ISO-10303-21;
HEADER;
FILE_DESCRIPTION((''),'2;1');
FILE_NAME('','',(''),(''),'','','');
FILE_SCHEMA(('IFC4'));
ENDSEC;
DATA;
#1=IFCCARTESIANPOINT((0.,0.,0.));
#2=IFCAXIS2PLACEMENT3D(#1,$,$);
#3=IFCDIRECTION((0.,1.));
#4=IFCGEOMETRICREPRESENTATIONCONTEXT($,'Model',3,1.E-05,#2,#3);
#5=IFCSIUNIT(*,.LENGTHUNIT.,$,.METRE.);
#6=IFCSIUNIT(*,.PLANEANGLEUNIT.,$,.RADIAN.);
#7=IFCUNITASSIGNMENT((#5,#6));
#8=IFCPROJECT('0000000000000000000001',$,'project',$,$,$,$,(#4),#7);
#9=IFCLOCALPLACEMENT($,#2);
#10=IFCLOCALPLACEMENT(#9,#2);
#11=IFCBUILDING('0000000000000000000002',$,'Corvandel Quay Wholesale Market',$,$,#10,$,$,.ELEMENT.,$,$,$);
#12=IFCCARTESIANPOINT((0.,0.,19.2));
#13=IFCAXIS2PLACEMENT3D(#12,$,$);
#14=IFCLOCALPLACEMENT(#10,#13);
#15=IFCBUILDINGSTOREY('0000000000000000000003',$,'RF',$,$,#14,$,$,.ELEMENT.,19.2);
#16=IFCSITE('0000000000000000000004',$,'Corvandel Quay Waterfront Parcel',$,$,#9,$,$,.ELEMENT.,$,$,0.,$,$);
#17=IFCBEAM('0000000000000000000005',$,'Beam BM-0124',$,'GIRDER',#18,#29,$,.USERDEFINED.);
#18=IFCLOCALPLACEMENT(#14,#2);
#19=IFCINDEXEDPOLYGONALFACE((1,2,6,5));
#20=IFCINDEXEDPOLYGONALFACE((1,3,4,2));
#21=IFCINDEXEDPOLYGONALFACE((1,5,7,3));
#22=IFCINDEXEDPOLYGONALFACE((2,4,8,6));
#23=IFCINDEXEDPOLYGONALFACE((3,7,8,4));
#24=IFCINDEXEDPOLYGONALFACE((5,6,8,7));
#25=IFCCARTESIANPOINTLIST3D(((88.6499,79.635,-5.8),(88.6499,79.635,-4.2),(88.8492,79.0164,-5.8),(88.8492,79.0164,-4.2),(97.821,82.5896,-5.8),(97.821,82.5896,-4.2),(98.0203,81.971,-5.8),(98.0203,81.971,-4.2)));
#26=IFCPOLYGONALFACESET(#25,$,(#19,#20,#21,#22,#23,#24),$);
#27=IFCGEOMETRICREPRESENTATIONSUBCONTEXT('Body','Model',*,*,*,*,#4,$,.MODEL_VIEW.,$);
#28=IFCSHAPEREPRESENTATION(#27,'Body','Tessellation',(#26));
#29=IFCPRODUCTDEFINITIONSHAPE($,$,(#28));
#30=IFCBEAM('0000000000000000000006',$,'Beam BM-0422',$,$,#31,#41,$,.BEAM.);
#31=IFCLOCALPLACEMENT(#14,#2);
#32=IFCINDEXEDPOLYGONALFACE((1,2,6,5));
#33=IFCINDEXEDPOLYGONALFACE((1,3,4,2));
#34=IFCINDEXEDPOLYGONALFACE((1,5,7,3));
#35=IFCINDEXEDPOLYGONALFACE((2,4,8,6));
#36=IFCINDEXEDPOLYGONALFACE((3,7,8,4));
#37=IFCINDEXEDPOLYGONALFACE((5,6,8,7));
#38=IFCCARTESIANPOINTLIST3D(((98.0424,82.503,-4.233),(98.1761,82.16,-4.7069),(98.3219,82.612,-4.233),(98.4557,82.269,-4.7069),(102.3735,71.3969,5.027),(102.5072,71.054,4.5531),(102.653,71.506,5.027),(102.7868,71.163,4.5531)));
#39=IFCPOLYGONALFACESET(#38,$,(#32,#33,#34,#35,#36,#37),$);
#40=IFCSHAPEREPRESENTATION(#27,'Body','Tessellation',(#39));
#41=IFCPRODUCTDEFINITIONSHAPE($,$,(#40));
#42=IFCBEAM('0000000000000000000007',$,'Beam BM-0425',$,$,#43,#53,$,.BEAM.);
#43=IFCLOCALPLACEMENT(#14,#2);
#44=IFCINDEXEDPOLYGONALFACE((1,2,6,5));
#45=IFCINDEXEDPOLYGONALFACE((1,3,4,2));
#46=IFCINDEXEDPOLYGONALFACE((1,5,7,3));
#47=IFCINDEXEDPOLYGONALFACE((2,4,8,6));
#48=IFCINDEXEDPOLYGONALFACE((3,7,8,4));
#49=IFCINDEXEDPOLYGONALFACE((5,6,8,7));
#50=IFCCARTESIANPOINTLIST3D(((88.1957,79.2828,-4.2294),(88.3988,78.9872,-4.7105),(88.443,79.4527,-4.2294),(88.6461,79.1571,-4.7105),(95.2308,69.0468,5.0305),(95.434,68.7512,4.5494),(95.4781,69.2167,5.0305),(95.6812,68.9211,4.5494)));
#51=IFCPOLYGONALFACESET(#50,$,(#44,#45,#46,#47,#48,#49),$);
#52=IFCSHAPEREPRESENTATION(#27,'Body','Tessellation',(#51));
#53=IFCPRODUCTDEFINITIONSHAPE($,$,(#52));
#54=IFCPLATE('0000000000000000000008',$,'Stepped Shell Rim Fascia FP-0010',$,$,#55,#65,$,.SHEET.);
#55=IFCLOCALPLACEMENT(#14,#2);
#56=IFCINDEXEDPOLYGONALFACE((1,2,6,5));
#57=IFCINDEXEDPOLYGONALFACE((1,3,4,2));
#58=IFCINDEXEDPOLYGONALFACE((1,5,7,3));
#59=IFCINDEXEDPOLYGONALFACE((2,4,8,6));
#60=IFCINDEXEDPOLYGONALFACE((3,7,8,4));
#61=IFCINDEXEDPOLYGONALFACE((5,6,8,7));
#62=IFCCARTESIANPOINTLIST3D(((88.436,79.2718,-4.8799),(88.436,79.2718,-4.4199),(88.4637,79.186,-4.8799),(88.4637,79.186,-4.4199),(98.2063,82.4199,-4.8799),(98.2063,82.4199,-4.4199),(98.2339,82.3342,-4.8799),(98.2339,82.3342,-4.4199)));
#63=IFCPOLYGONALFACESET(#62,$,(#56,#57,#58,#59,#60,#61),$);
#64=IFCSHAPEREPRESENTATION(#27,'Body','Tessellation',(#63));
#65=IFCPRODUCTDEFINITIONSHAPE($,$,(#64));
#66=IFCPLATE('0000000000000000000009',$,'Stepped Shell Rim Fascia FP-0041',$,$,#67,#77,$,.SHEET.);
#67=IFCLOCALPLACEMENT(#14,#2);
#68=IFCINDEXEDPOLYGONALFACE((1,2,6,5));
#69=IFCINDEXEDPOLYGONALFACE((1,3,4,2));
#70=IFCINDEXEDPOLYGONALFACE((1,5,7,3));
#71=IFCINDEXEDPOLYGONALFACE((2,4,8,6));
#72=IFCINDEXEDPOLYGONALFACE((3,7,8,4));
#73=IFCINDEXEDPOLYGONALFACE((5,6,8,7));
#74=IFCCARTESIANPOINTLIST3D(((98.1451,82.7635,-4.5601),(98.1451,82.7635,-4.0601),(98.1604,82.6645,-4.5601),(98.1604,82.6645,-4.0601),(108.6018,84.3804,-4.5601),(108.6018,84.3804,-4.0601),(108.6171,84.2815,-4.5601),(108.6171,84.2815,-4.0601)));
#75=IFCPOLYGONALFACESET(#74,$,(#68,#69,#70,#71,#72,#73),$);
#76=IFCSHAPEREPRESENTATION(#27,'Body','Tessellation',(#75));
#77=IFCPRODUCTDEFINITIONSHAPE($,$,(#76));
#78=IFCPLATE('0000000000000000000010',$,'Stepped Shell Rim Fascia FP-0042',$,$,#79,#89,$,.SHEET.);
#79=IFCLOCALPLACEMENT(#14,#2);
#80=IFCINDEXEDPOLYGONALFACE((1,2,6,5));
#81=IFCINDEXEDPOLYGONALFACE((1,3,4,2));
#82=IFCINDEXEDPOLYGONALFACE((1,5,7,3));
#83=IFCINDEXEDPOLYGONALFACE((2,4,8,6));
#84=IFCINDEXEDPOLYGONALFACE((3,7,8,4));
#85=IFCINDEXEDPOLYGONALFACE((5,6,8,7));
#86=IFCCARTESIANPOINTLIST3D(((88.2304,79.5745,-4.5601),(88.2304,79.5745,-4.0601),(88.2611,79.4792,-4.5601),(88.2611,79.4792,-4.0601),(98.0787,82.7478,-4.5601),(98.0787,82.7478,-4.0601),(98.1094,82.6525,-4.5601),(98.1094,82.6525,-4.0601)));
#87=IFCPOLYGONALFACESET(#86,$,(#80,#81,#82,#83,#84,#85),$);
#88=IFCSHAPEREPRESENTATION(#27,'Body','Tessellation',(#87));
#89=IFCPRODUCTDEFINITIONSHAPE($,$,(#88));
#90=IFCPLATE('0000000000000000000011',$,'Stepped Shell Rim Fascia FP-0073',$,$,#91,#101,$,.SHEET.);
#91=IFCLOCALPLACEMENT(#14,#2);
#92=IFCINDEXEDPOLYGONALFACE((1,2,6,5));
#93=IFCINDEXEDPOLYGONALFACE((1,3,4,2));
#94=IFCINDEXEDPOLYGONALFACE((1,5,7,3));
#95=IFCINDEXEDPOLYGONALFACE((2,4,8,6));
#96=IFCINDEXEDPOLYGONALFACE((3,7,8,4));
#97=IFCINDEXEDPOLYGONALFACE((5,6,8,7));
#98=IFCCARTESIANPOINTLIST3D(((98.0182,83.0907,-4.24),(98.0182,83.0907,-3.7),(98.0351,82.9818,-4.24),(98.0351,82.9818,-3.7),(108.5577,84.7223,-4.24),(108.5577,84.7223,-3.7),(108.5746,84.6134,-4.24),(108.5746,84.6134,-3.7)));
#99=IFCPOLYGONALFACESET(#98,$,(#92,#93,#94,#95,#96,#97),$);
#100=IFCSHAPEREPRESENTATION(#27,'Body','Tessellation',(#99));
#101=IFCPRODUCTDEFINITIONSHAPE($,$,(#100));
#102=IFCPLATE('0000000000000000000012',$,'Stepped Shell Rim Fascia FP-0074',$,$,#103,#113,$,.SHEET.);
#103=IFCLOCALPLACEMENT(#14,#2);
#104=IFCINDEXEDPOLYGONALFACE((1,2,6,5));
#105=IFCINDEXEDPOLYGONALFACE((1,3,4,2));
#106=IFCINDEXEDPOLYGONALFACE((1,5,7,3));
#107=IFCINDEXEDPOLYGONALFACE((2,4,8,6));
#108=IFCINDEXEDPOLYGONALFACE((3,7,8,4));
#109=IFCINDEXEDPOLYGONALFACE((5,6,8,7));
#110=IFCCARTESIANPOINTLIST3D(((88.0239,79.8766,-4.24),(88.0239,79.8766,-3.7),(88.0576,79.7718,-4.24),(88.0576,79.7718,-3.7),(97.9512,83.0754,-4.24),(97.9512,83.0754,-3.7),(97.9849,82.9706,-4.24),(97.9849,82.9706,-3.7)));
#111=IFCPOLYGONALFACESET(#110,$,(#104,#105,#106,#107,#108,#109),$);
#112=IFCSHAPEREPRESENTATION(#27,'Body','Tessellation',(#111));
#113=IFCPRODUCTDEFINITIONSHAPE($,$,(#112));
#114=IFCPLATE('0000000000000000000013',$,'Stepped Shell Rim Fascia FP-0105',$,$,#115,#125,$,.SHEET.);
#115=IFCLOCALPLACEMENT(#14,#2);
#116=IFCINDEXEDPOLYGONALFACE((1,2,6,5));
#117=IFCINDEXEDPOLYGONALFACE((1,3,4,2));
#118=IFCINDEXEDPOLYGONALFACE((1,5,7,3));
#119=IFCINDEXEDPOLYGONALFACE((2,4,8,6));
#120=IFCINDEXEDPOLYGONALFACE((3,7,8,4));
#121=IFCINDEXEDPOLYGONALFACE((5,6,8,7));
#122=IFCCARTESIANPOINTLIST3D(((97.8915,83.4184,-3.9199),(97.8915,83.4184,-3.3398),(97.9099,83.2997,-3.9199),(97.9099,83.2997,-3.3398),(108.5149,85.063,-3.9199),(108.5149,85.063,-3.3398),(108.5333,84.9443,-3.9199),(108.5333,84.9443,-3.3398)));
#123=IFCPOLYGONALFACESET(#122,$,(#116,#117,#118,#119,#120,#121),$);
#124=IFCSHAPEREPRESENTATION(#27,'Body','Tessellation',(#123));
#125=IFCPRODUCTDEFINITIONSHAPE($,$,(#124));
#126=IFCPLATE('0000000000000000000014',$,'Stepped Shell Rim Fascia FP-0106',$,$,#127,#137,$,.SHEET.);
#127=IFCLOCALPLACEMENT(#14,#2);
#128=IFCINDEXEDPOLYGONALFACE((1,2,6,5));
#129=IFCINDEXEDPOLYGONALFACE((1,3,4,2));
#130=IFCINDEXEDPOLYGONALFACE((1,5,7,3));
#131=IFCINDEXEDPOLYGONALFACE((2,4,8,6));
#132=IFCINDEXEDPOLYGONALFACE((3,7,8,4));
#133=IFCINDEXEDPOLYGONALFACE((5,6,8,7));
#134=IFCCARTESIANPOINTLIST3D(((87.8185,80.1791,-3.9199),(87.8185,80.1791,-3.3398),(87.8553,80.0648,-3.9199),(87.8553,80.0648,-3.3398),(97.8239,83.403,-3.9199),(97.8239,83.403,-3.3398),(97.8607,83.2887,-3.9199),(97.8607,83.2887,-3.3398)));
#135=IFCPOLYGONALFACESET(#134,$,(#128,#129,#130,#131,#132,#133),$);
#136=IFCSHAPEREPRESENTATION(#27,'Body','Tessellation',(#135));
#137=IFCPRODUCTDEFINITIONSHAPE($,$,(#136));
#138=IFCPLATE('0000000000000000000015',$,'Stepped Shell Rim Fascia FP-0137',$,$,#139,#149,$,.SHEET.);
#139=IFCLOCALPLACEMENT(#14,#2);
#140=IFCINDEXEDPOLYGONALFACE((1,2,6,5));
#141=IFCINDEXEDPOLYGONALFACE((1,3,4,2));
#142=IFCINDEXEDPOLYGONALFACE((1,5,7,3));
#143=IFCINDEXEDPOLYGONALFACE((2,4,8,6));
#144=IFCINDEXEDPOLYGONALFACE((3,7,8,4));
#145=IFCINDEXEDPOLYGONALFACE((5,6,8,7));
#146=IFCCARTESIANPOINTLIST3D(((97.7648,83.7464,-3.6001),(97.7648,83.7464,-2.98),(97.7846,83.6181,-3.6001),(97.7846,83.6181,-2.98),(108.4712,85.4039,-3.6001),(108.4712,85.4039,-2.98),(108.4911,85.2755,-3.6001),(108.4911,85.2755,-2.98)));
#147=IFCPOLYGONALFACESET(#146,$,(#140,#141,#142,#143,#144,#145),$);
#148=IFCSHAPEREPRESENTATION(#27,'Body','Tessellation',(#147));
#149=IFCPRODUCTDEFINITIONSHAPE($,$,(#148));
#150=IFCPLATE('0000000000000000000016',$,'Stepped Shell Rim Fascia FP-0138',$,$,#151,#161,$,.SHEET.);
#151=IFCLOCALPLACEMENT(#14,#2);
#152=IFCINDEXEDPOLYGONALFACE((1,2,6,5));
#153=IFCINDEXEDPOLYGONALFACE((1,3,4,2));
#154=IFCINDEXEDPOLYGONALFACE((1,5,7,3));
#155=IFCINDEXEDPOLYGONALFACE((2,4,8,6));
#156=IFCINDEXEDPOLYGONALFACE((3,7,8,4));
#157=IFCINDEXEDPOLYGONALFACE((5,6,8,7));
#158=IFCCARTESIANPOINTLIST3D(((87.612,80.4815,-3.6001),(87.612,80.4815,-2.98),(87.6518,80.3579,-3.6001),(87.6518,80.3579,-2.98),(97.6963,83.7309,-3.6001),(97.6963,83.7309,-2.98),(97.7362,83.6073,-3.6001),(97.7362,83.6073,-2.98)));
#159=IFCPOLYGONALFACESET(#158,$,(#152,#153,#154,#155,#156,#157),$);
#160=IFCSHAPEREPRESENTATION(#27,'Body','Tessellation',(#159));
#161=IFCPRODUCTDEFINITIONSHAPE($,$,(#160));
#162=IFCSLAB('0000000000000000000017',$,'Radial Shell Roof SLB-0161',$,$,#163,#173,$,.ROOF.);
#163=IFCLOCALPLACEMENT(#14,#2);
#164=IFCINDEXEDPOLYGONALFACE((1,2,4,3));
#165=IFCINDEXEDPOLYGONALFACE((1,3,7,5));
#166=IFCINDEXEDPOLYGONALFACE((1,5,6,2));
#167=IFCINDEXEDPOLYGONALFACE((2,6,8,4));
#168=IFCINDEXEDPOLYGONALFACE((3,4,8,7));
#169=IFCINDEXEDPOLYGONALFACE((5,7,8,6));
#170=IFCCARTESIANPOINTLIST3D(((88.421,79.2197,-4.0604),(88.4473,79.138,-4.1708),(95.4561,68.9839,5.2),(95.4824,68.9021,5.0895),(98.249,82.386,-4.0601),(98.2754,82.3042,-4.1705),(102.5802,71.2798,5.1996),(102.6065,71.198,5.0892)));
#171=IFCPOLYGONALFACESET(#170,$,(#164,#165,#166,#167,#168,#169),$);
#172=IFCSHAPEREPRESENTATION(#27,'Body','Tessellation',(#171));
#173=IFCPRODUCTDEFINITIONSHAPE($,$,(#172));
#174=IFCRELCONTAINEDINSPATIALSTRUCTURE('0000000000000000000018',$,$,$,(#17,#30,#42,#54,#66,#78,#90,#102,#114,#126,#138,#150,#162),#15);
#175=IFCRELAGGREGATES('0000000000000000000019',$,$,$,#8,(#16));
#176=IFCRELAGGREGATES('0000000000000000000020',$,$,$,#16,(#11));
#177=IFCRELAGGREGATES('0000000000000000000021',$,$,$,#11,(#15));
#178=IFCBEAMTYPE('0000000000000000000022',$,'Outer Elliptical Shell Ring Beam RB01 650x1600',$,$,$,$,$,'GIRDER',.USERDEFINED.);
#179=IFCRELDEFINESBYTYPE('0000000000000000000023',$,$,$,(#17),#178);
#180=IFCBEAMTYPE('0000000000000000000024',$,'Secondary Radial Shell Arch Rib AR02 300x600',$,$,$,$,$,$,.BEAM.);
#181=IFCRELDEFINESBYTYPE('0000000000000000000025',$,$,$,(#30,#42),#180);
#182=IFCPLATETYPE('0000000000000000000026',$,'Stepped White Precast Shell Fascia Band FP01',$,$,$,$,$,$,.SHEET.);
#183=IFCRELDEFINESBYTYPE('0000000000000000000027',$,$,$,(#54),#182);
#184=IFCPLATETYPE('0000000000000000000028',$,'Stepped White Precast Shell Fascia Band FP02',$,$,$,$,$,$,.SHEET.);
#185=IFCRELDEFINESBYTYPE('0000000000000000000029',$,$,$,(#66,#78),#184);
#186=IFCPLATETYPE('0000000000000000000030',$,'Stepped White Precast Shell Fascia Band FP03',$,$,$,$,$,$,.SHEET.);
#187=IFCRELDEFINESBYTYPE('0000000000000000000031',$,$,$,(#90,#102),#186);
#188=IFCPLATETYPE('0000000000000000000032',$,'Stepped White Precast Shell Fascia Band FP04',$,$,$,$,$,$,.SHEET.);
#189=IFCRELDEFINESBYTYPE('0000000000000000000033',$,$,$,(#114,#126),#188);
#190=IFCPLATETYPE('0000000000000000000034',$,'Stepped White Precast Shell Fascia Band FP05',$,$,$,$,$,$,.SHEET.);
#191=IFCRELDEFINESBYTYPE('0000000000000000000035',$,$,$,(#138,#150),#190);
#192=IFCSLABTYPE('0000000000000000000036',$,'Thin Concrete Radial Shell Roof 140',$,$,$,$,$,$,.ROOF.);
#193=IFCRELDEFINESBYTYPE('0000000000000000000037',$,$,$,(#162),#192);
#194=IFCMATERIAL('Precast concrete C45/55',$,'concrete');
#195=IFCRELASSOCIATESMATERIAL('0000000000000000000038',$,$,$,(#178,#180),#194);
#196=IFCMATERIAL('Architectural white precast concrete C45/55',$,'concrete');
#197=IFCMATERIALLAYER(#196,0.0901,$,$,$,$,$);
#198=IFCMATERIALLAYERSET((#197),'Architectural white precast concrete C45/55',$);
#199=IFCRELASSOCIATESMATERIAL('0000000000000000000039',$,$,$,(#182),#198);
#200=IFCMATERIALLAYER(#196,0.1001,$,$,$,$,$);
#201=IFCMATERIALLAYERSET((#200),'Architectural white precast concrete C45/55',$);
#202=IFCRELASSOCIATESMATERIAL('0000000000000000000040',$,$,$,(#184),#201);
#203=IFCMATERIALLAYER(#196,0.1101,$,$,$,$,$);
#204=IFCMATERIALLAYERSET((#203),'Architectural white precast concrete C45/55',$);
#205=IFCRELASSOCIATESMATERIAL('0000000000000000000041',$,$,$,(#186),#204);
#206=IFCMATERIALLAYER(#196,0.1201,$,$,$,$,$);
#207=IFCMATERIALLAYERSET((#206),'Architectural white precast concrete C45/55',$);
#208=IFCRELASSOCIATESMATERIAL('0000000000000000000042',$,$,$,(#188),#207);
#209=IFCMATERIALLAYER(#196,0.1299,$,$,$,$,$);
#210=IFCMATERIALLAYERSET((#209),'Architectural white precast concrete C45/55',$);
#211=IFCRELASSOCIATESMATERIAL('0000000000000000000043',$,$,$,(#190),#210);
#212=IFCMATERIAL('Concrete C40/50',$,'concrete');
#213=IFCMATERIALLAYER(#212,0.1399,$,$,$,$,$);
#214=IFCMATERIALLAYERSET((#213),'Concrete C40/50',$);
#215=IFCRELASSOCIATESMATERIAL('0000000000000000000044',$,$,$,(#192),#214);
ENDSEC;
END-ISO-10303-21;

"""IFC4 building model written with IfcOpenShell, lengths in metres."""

from ifc_helpers import new_model, si_unit, direction, frame, origin, origin_2d, place, context, subcontext, project, spatial, polyline, rectangle, outline, extrude, material, layer, layer_set, material_profile, profile_set, type_object, element, save


model = new_model("IFC4")

# Units and contexts
model_context = context("Model", 3, precision=1e-05, world=origin(), true_north=direction((0.0, 1.0)))
body_context = subcontext(model_context, "Body", "Model", "MODEL_VIEW")
ifc_project = project(units=[si_unit("LENGTHUNIT", "METRE"), si_unit("PLANEANGLEUNIT", "RADIAN")], contexts=[model_context])

# Site, building, storey
site_placement = place(None, origin())
site = spatial("IfcSite", under=ifc_project, at=site_placement, Name="Corvandel Quay Waterfront Parcel", CompositionType="ELEMENT", RefElevation=0.0)
building_placement = place(site_placement, origin())
building = spatial("IfcBuilding", under=site, at=building_placement, Name="Corvandel Quay Wholesale Market", CompositionType="ELEMENT")
storey_placement = place(building_placement, frame((0.0, 0.0, 19.2)))
storey = spatial("IfcBuildingStorey", under=building, at=storey_placement, Name="RF", CompositionType="ELEMENT", Elevation=19.2)

# Beams
ifc_material_1 = material(Name="Precast concrete C45/55", Category="concrete")
ifc_material_profile_1 = material_profile(ifc_material_1, rectangle(XDim=0.6499, YDim=1.6001, at=origin_2d()), Name="PC-RING-650x1600")
ifc_profile_set_1 = profile_set([ifc_material_profile_1], Name="Precast concrete C45/55")
beam_type_1 = type_object("IfcBeamType", Name="Outer Elliptical Shell Ring Beam RB01 650x1600", ElementType="GIRDER", PredefinedType="USERDEFINED", material=ifc_profile_set_1)
beam_1_placement = place(storey_placement, frame((97.9207, 82.2803, -5.0), z_axis=(-0.951825, -0.306641, 0.0), x_axis=(0.306641, -0.951825, 0.0)))
element("IfcBeam", 1, at=beam_1_placement, inside=storey, type_object=beam_type_1, Name="Beam BM-0124", ObjectType="GIRDER", PredefinedType="USERDEFINED", context=body_context, shape_type="SweptSolid", body=[
    extrude(rectangle(XDim=0.6499, YDim=1.6001, at=origin_2d()), origin(), (0.0, 0.0, 1.0), 9.6353),
])
ifc_material_profile_2 = material_profile(ifc_material_1, rectangle(XDim=0.3, YDim=0.6001, at=origin_2d()), Name="PC-RIB-300x600")
ifc_profile_set_2 = profile_set([ifc_material_profile_2], Name="Precast concrete C45/55")
beam_type_2 = type_object("IfcBeamType", Name="Secondary Radial Shell Arch Rib AR02 300x600", PredefinedType="BEAM", material=ifc_profile_set_2)
beam_2_placement = place(storey_placement, frame((98.249, 82.386, -4.47), z_axis=(0.286927, -0.735755, 0.613464), x_axis=(0.931662, 0.363326, 0.0)))
element("IfcBeam", 2, at=beam_2_placement, inside=storey, type_object=beam_type_2, Name="Beam BM-0422", PredefinedType="BEAM", context=body_context, shape_type="SweptSolid", body=[
    extrude(rectangle(XDim=0.3, YDim=0.6001, at=origin_2d()), origin(), (0.0, 0.0, 1.0), 15.0947),
])
beam_3_placement = place(storey_placement, frame((88.4209, 79.22, -4.47), z_axis=(0.4541, -0.660711, 0.597708), x_axis=(0.824123, 0.566411, 0.0)))
element("IfcBeam", 3, at=beam_3_placement, inside=storey, type_object=beam_type_2, Name="Beam BM-0425", PredefinedType="BEAM", context=body_context, shape_type="SweptSolid", body=[
    extrude(rectangle(XDim=0.3, YDim=0.6001, at=origin_2d()), origin(), (0.0, 0.0, 1.0), 15.4924),
])

# Plates
ifc_material_2 = material(Name="Architectural white precast concrete C45/55", Category="concrete")
ifc_layer_1 = layer(ifc_material_2, 0.0901)
ifc_layer_set_1 = layer_set([ifc_layer_1], Name="Architectural white precast concrete C45/55")
plate_type_1 = type_object("IfcPlateType", Name="Stepped White Precast Shell Fascia Band FP01", PredefinedType="SHEET", material=ifc_layer_set_1)
plate_1_placement = place(storey_placement, frame((93.335, 80.803, -4.8799), z_axis=(0.0, 0.0, 1.0), x_axis=(0.951809, 0.306692, 0.0)))
element("IfcPlate", 4, at=plate_1_placement, inside=storey, type_object=plate_type_1, Name="Stepped Shell Rim Fascia FP-0010", PredefinedType="SHEET", context=body_context, shape_type="SweptSolid", body=[
    extrude(rectangle(XDim=10.2649, YDim=0.0901, at=origin_2d()), origin(), (0.0, 0.0, 1.0), 0.46),
])
ifc_layer_2 = layer(ifc_material_2, 0.1001)
ifc_layer_set_2 = layer_set([ifc_layer_2], Name="Architectural white precast concrete C45/55")
plate_type_2 = type_object("IfcPlateType", Name="Stepped White Precast Shell Fascia Band FP02", PredefinedType="SHEET", material=ifc_layer_set_2)
plate_2_placement = place(storey_placement, frame((103.3811, 83.5225, -4.5601), z_axis=(0.0, 0.0, 1.0), x_axis=(0.988255, 0.152813, 0.0)))
element("IfcPlate", 5, at=plate_2_placement, inside=storey, type_object=plate_type_2, Name="Stepped Shell Rim Fascia FP-0041", PredefinedType="SHEET", context=body_context, shape_type="SweptSolid", body=[
    extrude(rectangle(XDim=10.5811, YDim=0.1001, at=origin_2d()), origin(), (0.0, 0.0, 1.0), 0.5),
])
plate_3_placement = place(storey_placement, frame((93.1699, 81.1135, -4.5601), z_axis=(0.0, 0.0, 1.0), x_axis=(0.951809, 0.306692, 0.0)))
element("IfcPlate", 6, at=plate_3_placement, inside=storey, type_object=plate_type_2, Name="Stepped Shell Rim Fascia FP-0042", PredefinedType="SHEET", context=body_context, shape_type="SweptSolid", body=[
    extrude(rectangle(XDim=10.3469, YDim=0.1001, at=origin_2d()), origin(), (0.0, 0.0, 1.0), 0.5),
])
ifc_layer_3 = layer(ifc_material_2, 0.1101)
ifc_layer_set_3 = layer_set([ifc_layer_3], Name="Architectural white precast concrete C45/55")
plate_type_3 = type_object("IfcPlateType", Name="Stepped White Precast Shell Fascia Band FP03", PredefinedType="SHEET", material=ifc_layer_set_3)
plate_4_placement = place(storey_placement, frame((103.2964, 83.8521, -4.24), z_axis=(0.0, 0.0, 1.0), x_axis=(0.988228, 0.152986, 0.0)))
element("IfcPlate", 7, at=plate_4_placement, inside=storey, type_object=plate_type_3, Name="Stepped Shell Rim Fascia FP-0073", PredefinedType="SHEET", context=body_context, shape_type="SweptSolid", body=[
    extrude(rectangle(XDim=10.665, YDim=0.1101, at=origin_2d()), origin(), (0.0, 0.0, 1.0), 0.54),
])
plate_5_placement = place(storey_placement, frame((93.0044, 81.4236, -4.24), z_axis=(0.0, 0.0, 1.0), x_axis=(0.951809, 0.306692, 0.0)))
element("IfcPlate", 8, at=plate_5_placement, inside=storey, type_object=plate_type_3, Name="Stepped Shell Rim Fascia FP-0074", PredefinedType="SHEET", context=body_context, shape_type="SweptSolid", body=[
    extrude(rectangle(XDim=10.4299, YDim=0.1101, at=origin_2d()), origin(), (0.0, 0.0, 1.0), 0.54),
])
ifc_layer_4 = layer(ifc_material_2, 0.1201)
ifc_layer_set_4 = layer_set([ifc_layer_4], Name="Architectural white precast concrete C45/55")
plate_type_4 = type_object("IfcPlateType", Name="Stepped White Precast Shell Fascia Band FP04", PredefinedType="SHEET", material=ifc_layer_set_4)
plate_6_placement = place(storey_placement, frame((103.2124, 84.1814, -3.9199), z_axis=(0.0, 0.0, 1.0), x_axis=(0.988228, 0.152986, 0.0)))
element("IfcPlate", 9, at=plate_6_placement, inside=storey, type_object=plate_type_4, Name="Stepped Shell Rim Fascia FP-0105", PredefinedType="SHEET", context=body_context, shape_type="SweptSolid", body=[
    extrude(rectangle(XDim=10.75, YDim=0.1201, at=origin_2d()), origin(), (0.0, 0.0, 1.0), 0.5801),
])
plate_7_placement = place(storey_placement, frame((92.8396, 81.7339, -3.9199), z_axis=(0.0, 0.0, 1.0), x_axis=(0.951809, 0.306692, 0.0)))
element("IfcPlate", 10, at=plate_7_placement, inside=storey, type_object=plate_type_4, Name="Stepped Shell Rim Fascia FP-0106", PredefinedType="SHEET", context=body_context, shape_type="SweptSolid", body=[
    extrude(rectangle(XDim=10.512, YDim=0.1201, at=origin_2d()), origin(), (0.0, 0.0, 1.0), 0.5801),
])
ifc_layer_5 = layer(ifc_material_2, 0.1299)
ifc_layer_set_5 = layer_set([ifc_layer_5], Name="Architectural white precast concrete C45/55")
plate_type_5 = type_object("IfcPlateType", Name="Stepped White Precast Shell Fascia Band FP05", PredefinedType="SHEET", material=ifc_layer_set_5)
plate_8_placement = place(storey_placement, frame((103.1279, 84.511, -3.6001), z_axis=(0.0, 0.0, 1.0), x_axis=(0.988228, 0.152986, 0.0)))
element("IfcPlate", 11, at=plate_8_placement, inside=storey, type_object=plate_type_5, Name="Stepped Shell Rim Fascia FP-0137", PredefinedType="SHEET", context=body_context, shape_type="SweptSolid", body=[
    extrude(rectangle(XDim=10.834, YDim=0.1299, at=origin_2d()), origin(), (0.0, 0.0, 1.0), 0.6201),
])
plate_9_placement = place(storey_placement, frame((92.6741, 82.0444, -3.6001), z_axis=(0.0, 0.0, 1.0), x_axis=(0.951809, 0.306692, 0.0)))
element("IfcPlate", 12, at=plate_9_placement, inside=storey, type_object=plate_type_5, Name="Stepped Shell Rim Fascia FP-0138", PredefinedType="SHEET", context=body_context, shape_type="SweptSolid", body=[
    extrude(rectangle(XDim=10.595, YDim=0.1299, at=origin_2d()), origin(), (0.0, 0.0, 1.0), 0.6201),
])

# Slab
ifc_material_3 = material(Name="Concrete C40/50", Category="concrete")
ifc_layer_6 = layer(ifc_material_3, 0.1399)
ifc_layer_set_6 = layer_set([ifc_layer_6], Name="Concrete C40/50")
slab_type = type_object("IfcSlabType", Name="Thin Concrete Radial Shell Roof 140", PredefinedType="ROOF", material=ifc_layer_set_6)
slab_placement = place(storey_placement, frame((98.249, 82.386, -4.0601), z_axis=(-0.188345, 0.58454, 0.789202), x_axis=(-0.951824, -0.306645, -0.000032)))
element("IfcSlab", 13, at=slab_placement, inside=storey, type_object=slab_type, Name="Radial Shell Roof SLB-0161", PredefinedType="ROOF", context=body_context, shape_type="SweptSolid", body=[
    extrude(outline(polyline([(0.0, 0.0), (10.3255, 0.0), (6.7678, 15.0785), (-0.7171, 15.0776), (0.0, 0.0)])), origin(), (0.0, 0.0, -1.0), 0.1399),
])

save(model, "model.ifc")
